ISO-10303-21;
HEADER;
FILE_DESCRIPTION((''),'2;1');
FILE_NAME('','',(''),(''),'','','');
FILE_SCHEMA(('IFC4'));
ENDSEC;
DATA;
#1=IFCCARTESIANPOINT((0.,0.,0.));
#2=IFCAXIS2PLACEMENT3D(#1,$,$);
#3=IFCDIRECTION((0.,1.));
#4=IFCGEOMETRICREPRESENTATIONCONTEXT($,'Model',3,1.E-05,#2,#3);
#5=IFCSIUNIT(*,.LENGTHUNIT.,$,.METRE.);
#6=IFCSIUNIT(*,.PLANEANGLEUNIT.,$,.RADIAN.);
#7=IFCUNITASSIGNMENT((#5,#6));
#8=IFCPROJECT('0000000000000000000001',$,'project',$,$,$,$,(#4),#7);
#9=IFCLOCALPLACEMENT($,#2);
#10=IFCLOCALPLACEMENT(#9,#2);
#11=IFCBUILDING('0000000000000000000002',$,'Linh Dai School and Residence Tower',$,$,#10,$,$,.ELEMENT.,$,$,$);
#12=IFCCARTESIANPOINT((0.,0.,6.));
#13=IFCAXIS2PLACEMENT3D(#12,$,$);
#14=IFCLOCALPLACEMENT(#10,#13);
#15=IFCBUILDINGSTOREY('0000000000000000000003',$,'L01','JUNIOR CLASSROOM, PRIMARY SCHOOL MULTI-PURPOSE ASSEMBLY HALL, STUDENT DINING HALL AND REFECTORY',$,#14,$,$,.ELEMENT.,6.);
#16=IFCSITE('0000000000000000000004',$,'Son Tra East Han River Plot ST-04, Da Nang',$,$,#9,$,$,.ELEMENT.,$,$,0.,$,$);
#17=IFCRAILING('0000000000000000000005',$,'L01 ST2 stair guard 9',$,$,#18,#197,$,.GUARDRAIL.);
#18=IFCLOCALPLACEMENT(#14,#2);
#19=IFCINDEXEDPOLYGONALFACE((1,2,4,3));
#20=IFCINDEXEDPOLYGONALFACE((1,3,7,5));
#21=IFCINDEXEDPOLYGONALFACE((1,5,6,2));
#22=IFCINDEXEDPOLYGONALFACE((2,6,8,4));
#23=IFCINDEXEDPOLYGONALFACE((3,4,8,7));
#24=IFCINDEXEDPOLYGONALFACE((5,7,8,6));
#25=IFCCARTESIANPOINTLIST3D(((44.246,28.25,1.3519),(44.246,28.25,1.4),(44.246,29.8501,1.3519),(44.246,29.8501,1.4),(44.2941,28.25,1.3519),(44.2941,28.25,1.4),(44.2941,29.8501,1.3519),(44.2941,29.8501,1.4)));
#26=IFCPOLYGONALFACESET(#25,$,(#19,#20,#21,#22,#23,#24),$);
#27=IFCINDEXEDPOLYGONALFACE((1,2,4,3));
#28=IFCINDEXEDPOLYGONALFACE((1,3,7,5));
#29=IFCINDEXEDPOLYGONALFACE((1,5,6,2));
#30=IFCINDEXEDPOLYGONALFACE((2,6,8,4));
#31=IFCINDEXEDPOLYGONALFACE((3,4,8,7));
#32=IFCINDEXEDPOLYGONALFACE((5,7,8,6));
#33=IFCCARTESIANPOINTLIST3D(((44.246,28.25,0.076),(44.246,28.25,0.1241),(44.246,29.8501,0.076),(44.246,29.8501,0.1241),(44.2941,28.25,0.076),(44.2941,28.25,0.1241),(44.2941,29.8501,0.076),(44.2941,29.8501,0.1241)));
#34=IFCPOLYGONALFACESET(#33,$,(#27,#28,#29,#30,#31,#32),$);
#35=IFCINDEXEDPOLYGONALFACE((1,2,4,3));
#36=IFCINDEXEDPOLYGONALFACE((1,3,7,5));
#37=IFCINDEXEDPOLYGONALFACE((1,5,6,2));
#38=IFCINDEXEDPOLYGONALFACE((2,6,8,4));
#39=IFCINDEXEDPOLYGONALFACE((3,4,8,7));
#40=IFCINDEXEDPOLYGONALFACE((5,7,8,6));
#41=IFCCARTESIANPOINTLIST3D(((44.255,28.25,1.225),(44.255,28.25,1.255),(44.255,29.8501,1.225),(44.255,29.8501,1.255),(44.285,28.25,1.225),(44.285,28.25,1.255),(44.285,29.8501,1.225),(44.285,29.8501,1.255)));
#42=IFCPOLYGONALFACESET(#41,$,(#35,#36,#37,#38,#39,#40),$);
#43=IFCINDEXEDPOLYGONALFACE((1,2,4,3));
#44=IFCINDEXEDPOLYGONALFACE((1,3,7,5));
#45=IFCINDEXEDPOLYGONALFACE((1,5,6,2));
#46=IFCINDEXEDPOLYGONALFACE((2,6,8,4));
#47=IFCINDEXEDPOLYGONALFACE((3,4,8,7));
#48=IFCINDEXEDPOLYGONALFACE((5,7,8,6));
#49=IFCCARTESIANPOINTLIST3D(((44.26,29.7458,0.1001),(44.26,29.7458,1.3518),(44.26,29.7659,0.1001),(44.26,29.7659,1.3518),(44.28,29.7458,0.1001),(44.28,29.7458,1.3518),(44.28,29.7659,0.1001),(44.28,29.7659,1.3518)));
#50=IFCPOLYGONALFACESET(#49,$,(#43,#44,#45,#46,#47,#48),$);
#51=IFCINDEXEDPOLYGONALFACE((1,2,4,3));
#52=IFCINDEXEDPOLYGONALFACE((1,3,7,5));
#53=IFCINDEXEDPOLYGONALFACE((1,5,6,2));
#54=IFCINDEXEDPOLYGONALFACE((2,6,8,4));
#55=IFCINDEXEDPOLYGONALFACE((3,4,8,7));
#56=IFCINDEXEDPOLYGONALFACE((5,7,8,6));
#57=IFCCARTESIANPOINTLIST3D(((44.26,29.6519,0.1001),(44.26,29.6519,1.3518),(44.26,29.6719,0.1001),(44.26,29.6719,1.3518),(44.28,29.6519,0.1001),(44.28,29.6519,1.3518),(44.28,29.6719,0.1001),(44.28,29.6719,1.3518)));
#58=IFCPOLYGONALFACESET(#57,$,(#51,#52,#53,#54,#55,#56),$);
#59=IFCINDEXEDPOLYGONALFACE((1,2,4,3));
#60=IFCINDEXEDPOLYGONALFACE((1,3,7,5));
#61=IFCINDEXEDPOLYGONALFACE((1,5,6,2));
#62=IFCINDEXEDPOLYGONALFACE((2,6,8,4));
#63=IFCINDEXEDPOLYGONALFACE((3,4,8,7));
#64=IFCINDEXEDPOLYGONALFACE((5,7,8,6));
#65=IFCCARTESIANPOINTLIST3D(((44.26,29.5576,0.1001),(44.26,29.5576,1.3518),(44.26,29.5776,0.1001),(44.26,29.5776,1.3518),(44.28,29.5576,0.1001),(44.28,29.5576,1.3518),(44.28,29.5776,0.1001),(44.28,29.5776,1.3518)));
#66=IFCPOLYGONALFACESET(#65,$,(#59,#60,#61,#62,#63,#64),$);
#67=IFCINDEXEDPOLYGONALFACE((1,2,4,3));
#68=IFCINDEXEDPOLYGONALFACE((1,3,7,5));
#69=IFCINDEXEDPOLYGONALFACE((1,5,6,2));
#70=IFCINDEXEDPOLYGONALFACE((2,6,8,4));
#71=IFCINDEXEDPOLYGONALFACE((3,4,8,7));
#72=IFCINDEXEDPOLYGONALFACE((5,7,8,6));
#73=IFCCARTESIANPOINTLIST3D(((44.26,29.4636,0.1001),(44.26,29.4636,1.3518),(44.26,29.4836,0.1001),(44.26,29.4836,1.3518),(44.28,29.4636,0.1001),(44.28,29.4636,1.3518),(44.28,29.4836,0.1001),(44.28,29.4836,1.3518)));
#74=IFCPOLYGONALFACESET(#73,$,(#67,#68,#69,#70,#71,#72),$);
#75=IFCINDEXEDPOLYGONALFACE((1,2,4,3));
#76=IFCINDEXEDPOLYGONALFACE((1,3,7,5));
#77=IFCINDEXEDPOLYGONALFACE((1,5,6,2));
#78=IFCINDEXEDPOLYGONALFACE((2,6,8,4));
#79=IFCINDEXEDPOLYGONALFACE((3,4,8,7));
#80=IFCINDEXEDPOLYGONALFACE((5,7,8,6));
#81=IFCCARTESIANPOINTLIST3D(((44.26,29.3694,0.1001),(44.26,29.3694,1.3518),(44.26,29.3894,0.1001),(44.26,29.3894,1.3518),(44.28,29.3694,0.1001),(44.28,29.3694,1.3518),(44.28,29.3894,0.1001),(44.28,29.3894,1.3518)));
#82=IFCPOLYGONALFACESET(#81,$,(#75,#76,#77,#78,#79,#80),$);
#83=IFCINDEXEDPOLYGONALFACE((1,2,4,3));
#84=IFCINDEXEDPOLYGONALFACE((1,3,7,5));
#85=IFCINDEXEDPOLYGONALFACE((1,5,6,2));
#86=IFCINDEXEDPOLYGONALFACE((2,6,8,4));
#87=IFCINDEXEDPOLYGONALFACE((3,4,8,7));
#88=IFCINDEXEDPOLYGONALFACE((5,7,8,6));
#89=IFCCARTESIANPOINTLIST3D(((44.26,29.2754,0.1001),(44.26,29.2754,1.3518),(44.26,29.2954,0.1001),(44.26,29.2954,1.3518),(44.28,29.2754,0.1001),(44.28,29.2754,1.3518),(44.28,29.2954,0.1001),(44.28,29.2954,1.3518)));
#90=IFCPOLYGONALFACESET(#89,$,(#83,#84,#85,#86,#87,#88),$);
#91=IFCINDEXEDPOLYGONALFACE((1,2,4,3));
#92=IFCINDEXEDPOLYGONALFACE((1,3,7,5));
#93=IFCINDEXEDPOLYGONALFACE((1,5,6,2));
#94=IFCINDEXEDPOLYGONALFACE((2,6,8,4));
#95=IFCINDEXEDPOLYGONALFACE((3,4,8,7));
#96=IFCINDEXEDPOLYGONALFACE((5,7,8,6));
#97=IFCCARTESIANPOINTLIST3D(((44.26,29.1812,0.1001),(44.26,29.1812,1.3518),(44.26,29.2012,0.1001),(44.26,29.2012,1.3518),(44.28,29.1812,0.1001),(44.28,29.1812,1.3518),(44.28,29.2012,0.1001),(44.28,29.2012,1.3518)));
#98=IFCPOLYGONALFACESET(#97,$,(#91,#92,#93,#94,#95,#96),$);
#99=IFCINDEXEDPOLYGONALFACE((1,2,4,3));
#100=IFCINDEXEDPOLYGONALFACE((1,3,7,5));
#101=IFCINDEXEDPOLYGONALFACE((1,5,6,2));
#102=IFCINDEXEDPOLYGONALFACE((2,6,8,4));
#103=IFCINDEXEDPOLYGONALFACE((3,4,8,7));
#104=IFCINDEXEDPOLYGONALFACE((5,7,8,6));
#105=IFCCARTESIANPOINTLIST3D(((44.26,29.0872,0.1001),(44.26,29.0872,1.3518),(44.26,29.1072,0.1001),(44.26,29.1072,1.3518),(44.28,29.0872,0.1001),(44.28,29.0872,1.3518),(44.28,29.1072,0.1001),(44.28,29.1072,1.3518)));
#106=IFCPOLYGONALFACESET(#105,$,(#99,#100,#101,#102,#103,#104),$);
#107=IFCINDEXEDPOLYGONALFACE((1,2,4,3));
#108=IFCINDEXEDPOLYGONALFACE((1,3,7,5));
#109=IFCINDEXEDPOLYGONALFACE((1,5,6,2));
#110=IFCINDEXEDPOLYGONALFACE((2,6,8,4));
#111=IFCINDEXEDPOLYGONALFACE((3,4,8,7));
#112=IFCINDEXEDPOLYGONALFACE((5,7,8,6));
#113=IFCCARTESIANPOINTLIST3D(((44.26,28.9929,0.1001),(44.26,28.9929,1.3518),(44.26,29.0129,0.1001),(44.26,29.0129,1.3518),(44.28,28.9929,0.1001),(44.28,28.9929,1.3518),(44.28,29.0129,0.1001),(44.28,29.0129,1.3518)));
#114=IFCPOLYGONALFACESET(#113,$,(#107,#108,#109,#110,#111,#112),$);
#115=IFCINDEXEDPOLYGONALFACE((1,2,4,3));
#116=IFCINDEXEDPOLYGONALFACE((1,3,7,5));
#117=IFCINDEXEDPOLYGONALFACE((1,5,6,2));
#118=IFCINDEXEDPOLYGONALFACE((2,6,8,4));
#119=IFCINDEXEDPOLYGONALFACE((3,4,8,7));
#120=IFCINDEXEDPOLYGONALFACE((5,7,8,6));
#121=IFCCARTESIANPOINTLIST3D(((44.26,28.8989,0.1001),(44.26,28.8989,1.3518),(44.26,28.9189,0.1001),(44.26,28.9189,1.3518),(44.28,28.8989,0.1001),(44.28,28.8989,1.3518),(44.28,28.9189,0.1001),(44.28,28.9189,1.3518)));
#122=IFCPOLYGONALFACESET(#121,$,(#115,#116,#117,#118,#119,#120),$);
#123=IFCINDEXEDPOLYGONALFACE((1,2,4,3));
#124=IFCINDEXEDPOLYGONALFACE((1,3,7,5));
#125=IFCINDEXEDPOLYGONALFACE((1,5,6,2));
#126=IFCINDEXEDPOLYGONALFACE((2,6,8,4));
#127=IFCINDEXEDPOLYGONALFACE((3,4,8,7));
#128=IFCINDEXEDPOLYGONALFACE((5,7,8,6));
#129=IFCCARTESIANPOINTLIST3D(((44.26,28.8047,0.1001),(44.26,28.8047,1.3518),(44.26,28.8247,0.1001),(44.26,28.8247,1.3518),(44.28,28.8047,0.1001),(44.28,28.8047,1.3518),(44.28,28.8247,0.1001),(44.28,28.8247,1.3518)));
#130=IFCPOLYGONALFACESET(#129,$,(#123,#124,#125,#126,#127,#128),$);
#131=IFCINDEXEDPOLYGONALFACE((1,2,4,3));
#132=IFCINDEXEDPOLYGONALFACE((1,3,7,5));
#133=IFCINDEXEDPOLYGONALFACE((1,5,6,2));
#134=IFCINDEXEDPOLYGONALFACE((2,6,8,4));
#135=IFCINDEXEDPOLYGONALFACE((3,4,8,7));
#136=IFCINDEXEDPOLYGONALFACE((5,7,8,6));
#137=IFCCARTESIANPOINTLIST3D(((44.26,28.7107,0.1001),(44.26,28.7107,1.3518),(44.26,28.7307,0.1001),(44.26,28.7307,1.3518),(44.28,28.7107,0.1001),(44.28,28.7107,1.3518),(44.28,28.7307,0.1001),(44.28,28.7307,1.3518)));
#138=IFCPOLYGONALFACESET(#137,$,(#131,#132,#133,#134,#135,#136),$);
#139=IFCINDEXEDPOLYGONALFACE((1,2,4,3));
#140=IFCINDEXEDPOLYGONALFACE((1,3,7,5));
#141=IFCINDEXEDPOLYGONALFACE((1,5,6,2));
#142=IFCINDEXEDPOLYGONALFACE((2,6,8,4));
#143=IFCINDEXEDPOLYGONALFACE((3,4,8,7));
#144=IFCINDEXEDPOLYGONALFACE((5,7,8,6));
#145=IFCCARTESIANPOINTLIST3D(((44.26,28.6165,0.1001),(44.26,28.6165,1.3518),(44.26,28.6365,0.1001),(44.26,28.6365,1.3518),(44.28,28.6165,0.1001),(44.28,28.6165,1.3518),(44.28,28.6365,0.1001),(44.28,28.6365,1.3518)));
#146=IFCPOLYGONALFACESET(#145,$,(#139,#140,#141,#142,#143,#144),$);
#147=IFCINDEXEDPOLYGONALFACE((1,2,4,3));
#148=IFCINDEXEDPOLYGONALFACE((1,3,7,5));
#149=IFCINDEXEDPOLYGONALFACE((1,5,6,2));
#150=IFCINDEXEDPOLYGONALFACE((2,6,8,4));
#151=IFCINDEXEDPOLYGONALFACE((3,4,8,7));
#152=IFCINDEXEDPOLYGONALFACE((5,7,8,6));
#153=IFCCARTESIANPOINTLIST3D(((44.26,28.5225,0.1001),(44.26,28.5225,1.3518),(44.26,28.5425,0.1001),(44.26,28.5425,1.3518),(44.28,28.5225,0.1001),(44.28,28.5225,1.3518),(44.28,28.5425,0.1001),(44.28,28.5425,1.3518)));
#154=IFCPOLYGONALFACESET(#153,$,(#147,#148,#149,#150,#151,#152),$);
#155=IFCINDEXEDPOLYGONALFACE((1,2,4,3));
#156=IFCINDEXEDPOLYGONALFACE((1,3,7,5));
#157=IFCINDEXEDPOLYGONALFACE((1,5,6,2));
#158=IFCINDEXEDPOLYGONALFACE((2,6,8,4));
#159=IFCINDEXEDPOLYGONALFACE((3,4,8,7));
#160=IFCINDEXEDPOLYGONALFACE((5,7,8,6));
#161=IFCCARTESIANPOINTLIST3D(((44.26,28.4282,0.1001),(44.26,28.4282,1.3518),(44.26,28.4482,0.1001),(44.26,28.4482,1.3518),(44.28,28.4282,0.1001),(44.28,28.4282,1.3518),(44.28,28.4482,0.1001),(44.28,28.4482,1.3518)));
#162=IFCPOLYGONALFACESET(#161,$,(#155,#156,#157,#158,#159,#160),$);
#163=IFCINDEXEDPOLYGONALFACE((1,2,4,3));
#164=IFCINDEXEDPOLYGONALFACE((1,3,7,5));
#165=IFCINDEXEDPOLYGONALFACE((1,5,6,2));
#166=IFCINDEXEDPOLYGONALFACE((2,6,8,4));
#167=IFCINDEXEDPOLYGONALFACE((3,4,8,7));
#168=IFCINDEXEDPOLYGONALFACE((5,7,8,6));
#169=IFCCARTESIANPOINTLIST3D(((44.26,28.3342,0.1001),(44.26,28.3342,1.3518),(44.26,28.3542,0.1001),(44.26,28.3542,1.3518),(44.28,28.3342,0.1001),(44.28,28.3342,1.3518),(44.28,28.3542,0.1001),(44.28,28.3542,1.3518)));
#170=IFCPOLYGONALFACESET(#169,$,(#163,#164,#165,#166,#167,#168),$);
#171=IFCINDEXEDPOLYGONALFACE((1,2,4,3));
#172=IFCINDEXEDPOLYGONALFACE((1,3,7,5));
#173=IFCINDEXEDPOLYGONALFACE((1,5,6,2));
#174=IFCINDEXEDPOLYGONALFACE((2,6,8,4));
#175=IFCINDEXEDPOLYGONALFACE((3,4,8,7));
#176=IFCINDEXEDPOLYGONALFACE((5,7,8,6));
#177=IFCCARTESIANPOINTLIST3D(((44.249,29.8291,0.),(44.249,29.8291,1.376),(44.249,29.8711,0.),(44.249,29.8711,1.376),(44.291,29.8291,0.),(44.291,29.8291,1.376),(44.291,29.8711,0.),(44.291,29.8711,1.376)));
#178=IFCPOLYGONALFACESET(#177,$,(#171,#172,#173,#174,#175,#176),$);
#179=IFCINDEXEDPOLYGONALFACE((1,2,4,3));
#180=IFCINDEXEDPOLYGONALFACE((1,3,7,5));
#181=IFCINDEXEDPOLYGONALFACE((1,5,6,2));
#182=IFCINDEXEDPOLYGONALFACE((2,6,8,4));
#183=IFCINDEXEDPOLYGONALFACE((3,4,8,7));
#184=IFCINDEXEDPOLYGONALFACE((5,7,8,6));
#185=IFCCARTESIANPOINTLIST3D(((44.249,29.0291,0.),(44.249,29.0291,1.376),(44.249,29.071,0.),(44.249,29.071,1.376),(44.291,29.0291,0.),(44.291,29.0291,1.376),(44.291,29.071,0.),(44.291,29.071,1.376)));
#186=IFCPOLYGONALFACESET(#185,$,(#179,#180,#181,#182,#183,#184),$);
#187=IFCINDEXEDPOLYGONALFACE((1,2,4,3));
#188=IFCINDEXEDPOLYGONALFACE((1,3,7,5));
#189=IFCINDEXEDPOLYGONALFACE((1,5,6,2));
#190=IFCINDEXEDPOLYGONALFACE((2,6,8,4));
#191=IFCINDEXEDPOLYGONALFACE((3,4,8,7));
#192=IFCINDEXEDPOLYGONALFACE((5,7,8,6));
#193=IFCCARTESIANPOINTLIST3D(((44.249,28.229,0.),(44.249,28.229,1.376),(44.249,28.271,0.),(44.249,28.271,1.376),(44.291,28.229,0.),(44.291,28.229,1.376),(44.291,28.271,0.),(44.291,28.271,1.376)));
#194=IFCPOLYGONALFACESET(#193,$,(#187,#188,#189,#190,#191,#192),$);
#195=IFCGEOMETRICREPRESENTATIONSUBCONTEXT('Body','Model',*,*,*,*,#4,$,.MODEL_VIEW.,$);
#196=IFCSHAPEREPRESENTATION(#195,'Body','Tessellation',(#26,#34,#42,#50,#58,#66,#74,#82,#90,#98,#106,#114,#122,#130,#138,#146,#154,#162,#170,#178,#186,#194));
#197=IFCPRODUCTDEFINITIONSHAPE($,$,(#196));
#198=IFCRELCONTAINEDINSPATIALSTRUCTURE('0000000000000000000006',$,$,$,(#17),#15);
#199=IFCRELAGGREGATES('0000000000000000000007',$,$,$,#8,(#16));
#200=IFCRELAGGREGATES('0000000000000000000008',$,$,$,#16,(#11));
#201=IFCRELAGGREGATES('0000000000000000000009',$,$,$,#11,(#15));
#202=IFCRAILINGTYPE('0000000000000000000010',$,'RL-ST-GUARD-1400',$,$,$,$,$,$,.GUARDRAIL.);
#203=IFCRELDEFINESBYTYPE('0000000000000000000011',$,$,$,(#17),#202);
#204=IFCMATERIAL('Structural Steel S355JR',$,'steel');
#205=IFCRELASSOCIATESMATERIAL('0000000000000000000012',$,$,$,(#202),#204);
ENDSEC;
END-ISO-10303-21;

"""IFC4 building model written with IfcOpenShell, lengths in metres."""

from ifc_helpers import new_model, si_unit, direction, frame, origin, origin_2d, place, context, subcontext, project, spatial, rectangle, extrude, source, transform, mapped, material, type_object, element, save


model = new_model("IFC4")

# Units and contexts
model_context = context("Model", 3, precision=1e-05, world=origin(), true_north=direction((0.0, 1.0)))
body_context = subcontext(model_context, "Body", "Model", "MODEL_VIEW")
ifc_project = project(units=[si_unit("LENGTHUNIT", "METRE"), si_unit("PLANEANGLEUNIT", "RADIAN")], contexts=[model_context])

# Site, building, storey
site_placement = place(None, origin())
site = spatial("IfcSite", under=ifc_project, at=site_placement, Name="Son Tra East Han River Plot ST-04, Da Nang", CompositionType="ELEMENT", RefElevation=0.0)
building_placement = place(site_placement, origin())
building = spatial("IfcBuilding", under=site, at=building_placement, Name="Linh Dai School and Residence Tower", CompositionType="ELEMENT")
storey_placement = place(building_placement, frame((0.0, 0.0, 6.0)))
storey = spatial("IfcBuildingStorey", under=building, at=storey_placement, Name="L01", Description="JUNIOR CLASSROOM, PRIMARY SCHOOL MULTI-PURPOSE ASSEMBLY HALL, STUDENT DINING HALL AND REFECTORY", CompositionType="ELEMENT", Elevation=6.0)

# Shared definitions
ifc_material_1 = material(Name="Structural Steel S355JR", Category="steel")

# Railing
railing_type_1 = type_object("IfcRailingType", Name="RL-ST-GUARD-1400", PredefinedType="GUARDRAIL", material=ifc_material_1)
shared_shape_1 = source(origin(), body_context, "Body", "SweptSolid", [
    extrude(rectangle(XDim=0.0481, YDim=0.0481, at=origin_2d()), frame((0.0, 0.0, 1.376), z_axis=(0.0, -1.0, 0.0), x_axis=(1.0, 0.0, 0.0)), (0.0, 0.0, 1.0), 1.6001),
    extrude(rectangle(XDim=0.0481, YDim=0.0481, at=origin_2d()), frame((0.0, 0.0, 0.1001), z_axis=(0.0, -1.0, 0.0), x_axis=(1.0, 0.0, 0.0)), (0.0, 0.0, 1.0), 1.6001),
    extrude(rectangle(XDim=0.03, YDim=0.03, at=origin_2d()), frame((0.0, 0.0, 1.24), z_axis=(0.0, -1.0, 0.0), x_axis=(1.0, 0.0, 0.0)), (0.0, 0.0, 1.0), 1.6001),
    extrude(rectangle(XDim=0.02, YDim=0.02, at=origin_2d()), frame((0.0, -0.0942, 0.1001)), (0.0, 0.0, 1.0), 1.2517),
    extrude(rectangle(XDim=0.02, YDim=0.02, at=origin_2d()), frame((0.0, -0.1882, 0.1001)), (0.0, 0.0, 1.0), 1.2517),
    extrude(rectangle(XDim=0.02, YDim=0.02, at=origin_2d()), frame((0.0, -0.2825, 0.1001)), (0.0, 0.0, 1.0), 1.2517),
    extrude(rectangle(XDim=0.02, YDim=0.02, at=origin_2d()), frame((0.0, -0.3765, 0.1001)), (0.0, 0.0, 1.0), 1.2517),
    extrude(rectangle(XDim=0.02, YDim=0.02, at=origin_2d()), frame((0.0, -0.4707, 0.1001)), (0.0, 0.0, 1.0), 1.2517),
    extrude(rectangle(XDim=0.02, YDim=0.02, at=origin_2d()), frame((0.0, -0.5647, 0.1001)), (0.0, 0.0, 1.0), 1.2517),
    extrude(rectangle(XDim=0.02, YDim=0.02, at=origin_2d()), frame((0.0, -0.6589, 0.1001)), (0.0, 0.0, 1.0), 1.2517),
    extrude(rectangle(XDim=0.02, YDim=0.02, at=origin_2d()), frame((0.0, -0.7529, 0.1001)), (0.0, 0.0, 1.0), 1.2517),
    extrude(rectangle(XDim=0.02, YDim=0.02, at=origin_2d()), frame((0.0, -0.8472, 0.1001)), (0.0, 0.0, 1.0), 1.2517),
    extrude(rectangle(XDim=0.02, YDim=0.02, at=origin_2d()), frame((0.0, -0.9412, 0.1001)), (0.0, 0.0, 1.0), 1.2517),
    extrude(rectangle(XDim=0.02, YDim=0.02, at=origin_2d()), frame((0.0, -1.0354, 0.1001)), (0.0, 0.0, 1.0), 1.2517),
    extrude(rectangle(XDim=0.02, YDim=0.02, at=origin_2d()), frame((0.0, -1.1294, 0.1001)), (0.0, 0.0, 1.0), 1.2517),
    extrude(rectangle(XDim=0.02, YDim=0.02, at=origin_2d()), frame((0.0, -1.2236, 0.1001)), (0.0, 0.0, 1.0), 1.2517),
    extrude(rectangle(XDim=0.02, YDim=0.02, at=origin_2d()), frame((0.0, -1.3176, 0.1001)), (0.0, 0.0, 1.0), 1.2517),
    extrude(rectangle(XDim=0.02, YDim=0.02, at=origin_2d()), frame((0.0, -1.4119, 0.1001)), (0.0, 0.0, 1.0), 1.2517),
    extrude(rectangle(XDim=0.02, YDim=0.02, at=origin_2d()), frame((0.0, -1.5059, 0.1001)), (0.0, 0.0, 1.0), 1.2517),
    extrude(rectangle(XDim=0.042, YDim=0.042, at=origin_2d()), origin(), (0.0, 0.0, 1.0), 1.376),
    extrude(rectangle(XDim=0.042, YDim=0.042, at=origin_2d()), frame((0.0, -0.8, 0.0)), (0.0, 0.0, 1.0), 1.376),
    extrude(rectangle(XDim=0.042, YDim=0.042, at=origin_2d()), frame((0.0, -1.6001, 0.0)), (0.0, 0.0, 1.0), 1.376),
])
for number, where, name in (
    (1, (44.27, 29.8501, 0.0), "L01 ST2 stair guard 9"),
):
    element("IfcRailing", number, at=place(storey_placement, frame(where)), inside=storey, type_object=railing_type_1, Name=name, PredefinedType="GUARDRAIL", context=body_context, shape_type="MappedRepresentation", body=[
        mapped(shared_shape_1, transform((0.0, 0.0, 0.0), x_axis=(1.0, 0.0, 0.0), y_axis=(0.0, 1.0, 0.0), z_axis=(0.0, 0.0, 1.0), scale=1.0)),
    ])

save(model, "model.ifc")
